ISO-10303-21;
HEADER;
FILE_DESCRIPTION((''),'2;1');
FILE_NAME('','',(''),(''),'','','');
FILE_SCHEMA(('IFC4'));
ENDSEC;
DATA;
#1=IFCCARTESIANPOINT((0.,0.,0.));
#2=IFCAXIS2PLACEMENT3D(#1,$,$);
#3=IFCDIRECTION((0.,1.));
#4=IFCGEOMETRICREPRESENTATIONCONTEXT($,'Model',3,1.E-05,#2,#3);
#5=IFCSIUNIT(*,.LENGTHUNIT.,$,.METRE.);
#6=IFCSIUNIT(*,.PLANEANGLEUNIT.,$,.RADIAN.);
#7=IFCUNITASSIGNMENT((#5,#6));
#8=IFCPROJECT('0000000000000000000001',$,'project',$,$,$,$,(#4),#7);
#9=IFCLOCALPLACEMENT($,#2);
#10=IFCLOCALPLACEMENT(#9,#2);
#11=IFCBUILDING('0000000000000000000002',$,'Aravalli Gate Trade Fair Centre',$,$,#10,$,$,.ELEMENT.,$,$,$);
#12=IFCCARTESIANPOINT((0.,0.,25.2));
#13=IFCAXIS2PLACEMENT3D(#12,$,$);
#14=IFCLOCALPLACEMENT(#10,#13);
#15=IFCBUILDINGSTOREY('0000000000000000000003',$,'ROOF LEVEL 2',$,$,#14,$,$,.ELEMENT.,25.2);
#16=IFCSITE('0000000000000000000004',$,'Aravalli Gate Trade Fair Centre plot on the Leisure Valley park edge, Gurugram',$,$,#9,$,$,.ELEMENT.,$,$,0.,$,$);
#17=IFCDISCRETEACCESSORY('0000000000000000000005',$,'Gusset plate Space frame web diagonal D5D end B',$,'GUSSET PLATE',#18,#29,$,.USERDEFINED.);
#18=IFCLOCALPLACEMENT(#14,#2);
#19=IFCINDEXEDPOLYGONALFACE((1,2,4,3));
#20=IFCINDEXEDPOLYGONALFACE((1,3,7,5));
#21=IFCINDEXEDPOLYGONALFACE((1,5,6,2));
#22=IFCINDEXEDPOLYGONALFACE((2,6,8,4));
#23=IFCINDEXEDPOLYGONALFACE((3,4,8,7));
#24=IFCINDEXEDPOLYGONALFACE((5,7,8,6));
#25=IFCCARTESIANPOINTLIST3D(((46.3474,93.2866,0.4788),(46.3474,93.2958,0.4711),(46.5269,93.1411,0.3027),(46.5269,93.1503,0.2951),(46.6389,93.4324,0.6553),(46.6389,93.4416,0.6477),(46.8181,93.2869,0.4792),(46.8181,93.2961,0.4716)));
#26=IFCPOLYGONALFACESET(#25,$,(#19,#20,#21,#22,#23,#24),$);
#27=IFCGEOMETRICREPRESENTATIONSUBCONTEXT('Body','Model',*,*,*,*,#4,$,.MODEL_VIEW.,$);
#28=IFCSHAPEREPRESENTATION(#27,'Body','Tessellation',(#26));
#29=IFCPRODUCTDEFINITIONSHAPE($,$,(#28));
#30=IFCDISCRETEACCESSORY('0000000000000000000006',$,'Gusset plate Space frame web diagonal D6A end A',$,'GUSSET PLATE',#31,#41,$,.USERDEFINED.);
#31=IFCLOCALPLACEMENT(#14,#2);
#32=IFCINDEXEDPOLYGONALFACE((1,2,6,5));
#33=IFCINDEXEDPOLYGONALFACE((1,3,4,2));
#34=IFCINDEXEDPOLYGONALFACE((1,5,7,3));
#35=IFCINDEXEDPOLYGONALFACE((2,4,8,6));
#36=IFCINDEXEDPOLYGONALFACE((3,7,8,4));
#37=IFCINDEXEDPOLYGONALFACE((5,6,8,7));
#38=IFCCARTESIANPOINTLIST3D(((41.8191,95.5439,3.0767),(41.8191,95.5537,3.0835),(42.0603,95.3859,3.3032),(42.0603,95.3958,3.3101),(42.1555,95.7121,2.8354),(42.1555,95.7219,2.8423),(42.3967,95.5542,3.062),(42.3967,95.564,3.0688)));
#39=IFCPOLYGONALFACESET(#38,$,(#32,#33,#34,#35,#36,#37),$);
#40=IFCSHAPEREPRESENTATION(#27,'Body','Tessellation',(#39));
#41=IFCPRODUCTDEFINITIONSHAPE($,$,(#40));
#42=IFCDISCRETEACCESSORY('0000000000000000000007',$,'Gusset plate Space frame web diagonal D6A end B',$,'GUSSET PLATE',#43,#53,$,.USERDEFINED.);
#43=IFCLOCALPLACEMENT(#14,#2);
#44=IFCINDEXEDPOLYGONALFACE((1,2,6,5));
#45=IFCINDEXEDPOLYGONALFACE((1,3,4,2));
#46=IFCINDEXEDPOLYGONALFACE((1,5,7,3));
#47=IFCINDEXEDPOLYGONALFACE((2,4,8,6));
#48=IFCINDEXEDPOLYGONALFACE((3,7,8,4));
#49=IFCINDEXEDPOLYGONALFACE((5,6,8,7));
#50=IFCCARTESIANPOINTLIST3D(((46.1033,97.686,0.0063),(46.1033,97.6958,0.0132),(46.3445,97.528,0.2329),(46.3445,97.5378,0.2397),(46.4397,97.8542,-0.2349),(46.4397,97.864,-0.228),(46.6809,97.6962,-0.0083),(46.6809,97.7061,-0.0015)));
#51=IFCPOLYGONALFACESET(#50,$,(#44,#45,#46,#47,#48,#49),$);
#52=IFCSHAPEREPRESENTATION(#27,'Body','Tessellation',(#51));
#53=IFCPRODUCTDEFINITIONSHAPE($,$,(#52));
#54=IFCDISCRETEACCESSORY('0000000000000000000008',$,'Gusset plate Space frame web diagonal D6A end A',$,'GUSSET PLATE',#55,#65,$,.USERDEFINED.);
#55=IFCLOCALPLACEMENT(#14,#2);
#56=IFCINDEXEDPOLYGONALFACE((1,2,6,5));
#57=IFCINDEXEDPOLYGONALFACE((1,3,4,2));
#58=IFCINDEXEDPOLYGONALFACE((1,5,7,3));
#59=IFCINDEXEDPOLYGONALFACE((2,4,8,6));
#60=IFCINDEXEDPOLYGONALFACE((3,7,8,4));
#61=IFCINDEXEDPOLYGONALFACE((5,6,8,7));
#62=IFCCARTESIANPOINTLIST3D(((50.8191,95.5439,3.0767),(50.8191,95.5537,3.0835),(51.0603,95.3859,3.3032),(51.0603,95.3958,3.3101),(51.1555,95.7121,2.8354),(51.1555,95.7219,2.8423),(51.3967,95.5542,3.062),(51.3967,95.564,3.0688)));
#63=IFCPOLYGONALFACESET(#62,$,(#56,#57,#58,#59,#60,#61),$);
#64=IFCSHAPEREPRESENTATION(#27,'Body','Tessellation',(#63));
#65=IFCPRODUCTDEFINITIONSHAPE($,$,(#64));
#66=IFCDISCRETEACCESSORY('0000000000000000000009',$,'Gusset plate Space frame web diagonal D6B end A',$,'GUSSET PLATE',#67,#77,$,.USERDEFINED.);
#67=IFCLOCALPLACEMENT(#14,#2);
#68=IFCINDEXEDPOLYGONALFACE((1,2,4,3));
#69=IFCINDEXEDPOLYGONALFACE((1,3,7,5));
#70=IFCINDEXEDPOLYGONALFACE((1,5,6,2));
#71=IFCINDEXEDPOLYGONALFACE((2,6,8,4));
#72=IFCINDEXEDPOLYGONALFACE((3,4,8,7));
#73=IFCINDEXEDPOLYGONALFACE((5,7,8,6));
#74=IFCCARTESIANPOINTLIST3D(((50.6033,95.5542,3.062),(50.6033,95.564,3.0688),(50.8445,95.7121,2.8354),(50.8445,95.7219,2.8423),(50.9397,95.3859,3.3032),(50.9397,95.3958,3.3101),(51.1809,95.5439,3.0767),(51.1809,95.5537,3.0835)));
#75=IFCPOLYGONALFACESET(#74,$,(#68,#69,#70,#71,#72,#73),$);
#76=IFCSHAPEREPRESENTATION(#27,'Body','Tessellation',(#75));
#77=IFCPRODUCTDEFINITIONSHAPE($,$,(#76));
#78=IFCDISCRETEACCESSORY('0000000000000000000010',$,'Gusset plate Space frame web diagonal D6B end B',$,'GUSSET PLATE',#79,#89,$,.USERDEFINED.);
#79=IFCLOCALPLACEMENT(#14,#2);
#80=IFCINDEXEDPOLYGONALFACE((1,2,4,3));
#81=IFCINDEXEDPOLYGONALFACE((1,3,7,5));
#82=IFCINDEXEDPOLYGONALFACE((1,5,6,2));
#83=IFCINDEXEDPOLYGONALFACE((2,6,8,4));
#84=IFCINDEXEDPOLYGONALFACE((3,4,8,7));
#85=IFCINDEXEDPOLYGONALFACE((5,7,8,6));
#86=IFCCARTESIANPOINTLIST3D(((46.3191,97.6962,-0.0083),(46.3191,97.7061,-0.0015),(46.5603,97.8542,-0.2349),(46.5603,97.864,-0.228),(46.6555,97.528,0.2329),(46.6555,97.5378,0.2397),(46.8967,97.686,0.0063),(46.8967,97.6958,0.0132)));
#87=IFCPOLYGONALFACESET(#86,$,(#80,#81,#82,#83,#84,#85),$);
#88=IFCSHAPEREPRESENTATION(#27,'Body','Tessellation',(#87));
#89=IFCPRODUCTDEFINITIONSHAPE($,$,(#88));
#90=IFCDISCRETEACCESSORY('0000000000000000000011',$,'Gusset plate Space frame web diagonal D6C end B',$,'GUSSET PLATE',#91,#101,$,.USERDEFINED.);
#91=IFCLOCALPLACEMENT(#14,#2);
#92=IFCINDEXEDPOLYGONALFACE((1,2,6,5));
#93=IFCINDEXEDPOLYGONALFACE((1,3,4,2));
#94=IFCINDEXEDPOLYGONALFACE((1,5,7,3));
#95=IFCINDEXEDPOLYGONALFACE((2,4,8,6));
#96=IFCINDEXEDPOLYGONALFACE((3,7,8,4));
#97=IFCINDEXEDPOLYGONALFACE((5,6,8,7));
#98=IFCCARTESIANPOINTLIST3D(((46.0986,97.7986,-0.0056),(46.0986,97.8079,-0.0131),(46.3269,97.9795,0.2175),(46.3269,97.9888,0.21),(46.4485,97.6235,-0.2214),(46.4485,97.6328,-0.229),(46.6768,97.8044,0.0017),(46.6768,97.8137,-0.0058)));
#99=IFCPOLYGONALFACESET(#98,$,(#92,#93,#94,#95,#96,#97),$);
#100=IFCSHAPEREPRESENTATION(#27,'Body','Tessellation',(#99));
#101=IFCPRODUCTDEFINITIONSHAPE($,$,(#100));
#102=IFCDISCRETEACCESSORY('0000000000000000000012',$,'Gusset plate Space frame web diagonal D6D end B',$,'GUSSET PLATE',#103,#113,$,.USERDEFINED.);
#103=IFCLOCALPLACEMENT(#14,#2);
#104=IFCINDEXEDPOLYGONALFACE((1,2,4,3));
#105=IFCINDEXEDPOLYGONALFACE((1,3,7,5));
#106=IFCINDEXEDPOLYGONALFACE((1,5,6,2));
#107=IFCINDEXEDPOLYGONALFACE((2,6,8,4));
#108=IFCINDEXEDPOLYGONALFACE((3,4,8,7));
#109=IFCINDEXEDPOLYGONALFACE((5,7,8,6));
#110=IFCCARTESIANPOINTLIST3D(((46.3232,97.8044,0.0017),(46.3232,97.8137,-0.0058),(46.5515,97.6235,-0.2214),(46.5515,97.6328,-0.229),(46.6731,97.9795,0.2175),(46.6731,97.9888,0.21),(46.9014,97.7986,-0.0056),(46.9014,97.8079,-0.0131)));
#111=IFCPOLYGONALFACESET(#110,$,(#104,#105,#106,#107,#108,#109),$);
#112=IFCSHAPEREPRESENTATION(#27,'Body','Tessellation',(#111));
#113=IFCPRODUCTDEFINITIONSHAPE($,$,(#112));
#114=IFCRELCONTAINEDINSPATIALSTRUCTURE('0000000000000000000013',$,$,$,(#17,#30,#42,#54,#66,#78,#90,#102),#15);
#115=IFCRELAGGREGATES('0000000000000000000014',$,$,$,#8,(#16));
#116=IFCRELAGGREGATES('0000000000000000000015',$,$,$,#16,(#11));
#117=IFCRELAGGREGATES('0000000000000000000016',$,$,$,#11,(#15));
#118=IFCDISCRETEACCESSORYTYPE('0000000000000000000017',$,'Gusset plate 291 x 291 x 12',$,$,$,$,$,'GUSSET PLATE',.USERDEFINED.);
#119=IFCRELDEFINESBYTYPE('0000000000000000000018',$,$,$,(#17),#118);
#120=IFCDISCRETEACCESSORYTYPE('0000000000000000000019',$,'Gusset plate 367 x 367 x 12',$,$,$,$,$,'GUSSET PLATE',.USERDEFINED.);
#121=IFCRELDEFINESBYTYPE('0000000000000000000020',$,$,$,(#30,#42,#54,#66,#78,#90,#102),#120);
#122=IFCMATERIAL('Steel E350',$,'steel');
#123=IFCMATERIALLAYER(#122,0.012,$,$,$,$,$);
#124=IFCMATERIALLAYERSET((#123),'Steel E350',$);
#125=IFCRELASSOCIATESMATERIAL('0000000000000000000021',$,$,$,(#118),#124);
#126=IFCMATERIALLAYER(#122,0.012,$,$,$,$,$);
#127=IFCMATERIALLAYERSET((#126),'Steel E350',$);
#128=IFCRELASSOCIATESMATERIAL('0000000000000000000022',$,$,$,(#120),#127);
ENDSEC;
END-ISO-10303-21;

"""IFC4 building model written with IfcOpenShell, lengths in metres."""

from ifc_helpers import new_model, si_unit, direction, frame, origin, place, context, subcontext, project, spatial, polyline, outline, extrude, material, layer, layer_set, type_object, element, save


model = new_model("IFC4")

# Units and contexts
model_context = context("Model", 3, precision=1e-05, world=origin(), true_north=direction((0.0, 1.0)))
body_context = subcontext(model_context, "Body", "Model", "MODEL_VIEW")
ifc_project = project(units=[si_unit("LENGTHUNIT", "METRE"), si_unit("PLANEANGLEUNIT", "RADIAN")], contexts=[model_context])

# Site, building, storey
site_placement = place(None, origin())
site = spatial("IfcSite", under=ifc_project, at=site_placement, Name="Aravalli Gate Trade Fair Centre plot on the Leisure Valley park edge, Gurugram", CompositionType="ELEMENT", RefElevation=0.0)
building_placement = place(site_placement, origin())
building = spatial("IfcBuilding", under=site, at=building_placement, Name="Aravalli Gate Trade Fair Centre", CompositionType="ELEMENT")
storey_placement = place(building_placement, frame((0.0, 0.0, 25.2)))
storey = spatial("IfcBuildingStorey", under=building, at=storey_placement, Name="ROOF LEVEL 2", CompositionType="ELEMENT", Elevation=25.2)

# Shared definitions
ifc_material_1 = material(Name="Steel E350", Category="steel")

# Discrete accessories
ifc_layer_1 = layer(ifc_material_1, 0.012)
ifc_layer_set_1 = layer_set([ifc_layer_1], Name="Steel E350")
discrete_accessory_type_1 = type_object("IfcDiscreteAccessoryType", Name="Gusset plate 291 x 291 x 12", ElementType="GUSSET PLATE", PredefinedType="USERDEFINED", material=ifc_layer_set_1)
discrete_accessory_1_placement = place(storey_placement, frame((46.6389, 93.4324, 0.6553), z_axis=(-0.000261, -0.770887, 0.636972), x_axis=(-0.786484, -0.393242, -0.476238)))
element("IfcDiscreteAccessory", 1, at=discrete_accessory_1_placement, inside=storey, type_object=discrete_accessory_type_1, Name="Gusset plate Space frame web diagonal D5D end B", ObjectType="GUSSET PLATE", PredefinedType="USERDEFINED", context=body_context, shape_type="SweptSolid", body=[
    extrude(outline(polyline([(0.0, 0.0), (0.3706, 0.0), (0.3706, 0.2904), (0.0001, 0.2903), (0.0, 0.0)])), origin(), (0.0, 0.0, -1.0), 0.012),
])
ifc_layer_2 = layer(ifc_material_1, 0.012)
ifc_layer_set_2 = layer_set([ifc_layer_2], Name="Steel E350")
discrete_accessory_type_2 = type_object("IfcDiscreteAccessoryType", Name="Gusset plate 367 x 367 x 12", ElementType="GUSSET PLATE", PredefinedType="USERDEFINED", material=ifc_layer_set_2)
discrete_accessory_2_placement = place(storey_placement, frame((42.1555, 95.7219, 2.8423), z_axis=(-0.000057, 0.820282, 0.57196), x_axis=(-0.75291, -0.376455, 0.539822)))
element("IfcDiscreteAccessory", 2, at=discrete_accessory_2_placement, inside=storey, type_object=discrete_accessory_type_2, Name="Gusset plate Space frame web diagonal D6A end A", ObjectType="GUSSET PLATE", PredefinedType="USERDEFINED", context=body_context, shape_type="SweptSolid", body=[
    extrude(outline(polyline([(0.0, 0.0), (0.4468, 0.0), (0.447, 0.3667), (0.0002, 0.3667), (0.0, 0.0)])), origin(), (0.0, 0.0, -1.0), 0.012),
])
discrete_accessory_3_placement = place(storey_placement, frame((46.1033, 97.6958, 0.0132), z_axis=(-0.000057, 0.820282, 0.57196), x_axis=(0.75291, 0.376455, -0.539822)))
element("IfcDiscreteAccessory", 3, at=discrete_accessory_3_placement, inside=storey, type_object=discrete_accessory_type_2, Name="Gusset plate Space frame web diagonal D6A end B", ObjectType="GUSSET PLATE", PredefinedType="USERDEFINED", context=body_context, shape_type="SweptSolid", body=[
    extrude(outline(polyline([(0.0, 0.0), (0.4468, 0.0), (0.4467, -0.3667), (-0.0002, -0.3667), (0.0, 0.0)])), origin(), (0.0, 0.0, -1.0), 0.012),
])
discrete_accessory_4_placement = place(storey_placement, frame((51.1555, 95.7219, 2.8423), z_axis=(-0.000057, 0.820282, 0.57196), x_axis=(-0.75291, -0.376455, 0.539822)))
element("IfcDiscreteAccessory", 4, at=discrete_accessory_4_placement, inside=storey, type_object=discrete_accessory_type_2, Name="Gusset plate Space frame web diagonal D6A end A", ObjectType="GUSSET PLATE", PredefinedType="USERDEFINED", context=body_context, shape_type="SweptSolid", body=[
    extrude(outline(polyline([(0.0, 0.0), (0.4468, 0.0), (0.447, 0.3667), (0.0002, 0.3667), (0.0, 0.0)])), origin(), (0.0, 0.0, -1.0), 0.012),
])
discrete_accessory_5_placement = place(storey_placement, frame((50.6033, 95.564, 3.0688), z_axis=(0.000057, 0.820282, 0.57196), x_axis=(0.75291, -0.376455, 0.539822)))
element("IfcDiscreteAccessory", 5, at=discrete_accessory_5_placement, inside=storey, type_object=discrete_accessory_type_2, Name="Gusset plate Space frame web diagonal D6B end A", ObjectType="GUSSET PLATE", PredefinedType="USERDEFINED", context=body_context, shape_type="SweptSolid", body=[
    extrude(outline(polyline([(0.0, 0.0), (0.4468, 0.0), (0.4467, 0.3667), (-0.0002, 0.3667), (0.0, 0.0)])), origin(), (0.0, 0.0, -1.0), 0.012),
])
discrete_accessory_6_placement = place(storey_placement, frame((46.6555, 97.5378, 0.2397), z_axis=(0.000057, 0.820282, 0.57196), x_axis=(-0.75291, 0.376455, -0.539822)))
element("IfcDiscreteAccessory", 6, at=discrete_accessory_6_placement, inside=storey, type_object=discrete_accessory_type_2, Name="Gusset plate Space frame web diagonal D6B end B", ObjectType="GUSSET PLATE", PredefinedType="USERDEFINED", context=body_context, shape_type="SweptSolid", body=[
    extrude(outline(polyline([(0.0, 0.0), (0.4468, 0.0), (0.447, -0.3667), (0.0002, -0.3667), (0.0, 0.0)])), origin(), (0.0, 0.0, -1.0), 0.012),
])
discrete_accessory_7_placement = place(storey_placement, frame((46.0986, 97.7986, -0.0056), z_axis=(-0.000107, -0.776736, 0.629826), x_axis=(0.783044, -0.391795, -0.48305)))
element("IfcDiscreteAccessory", 7, at=discrete_accessory_7_placement, inside=storey, type_object=discrete_accessory_type_2, Name="Gusset plate Space frame web diagonal D6C end B", ObjectType="GUSSET PLATE", PredefinedType="USERDEFINED", context=body_context, shape_type="SweptSolid", body=[
    extrude(outline(polyline([(0.0, 0.0), (0.4468, 0.0), (0.4469, 0.3669), (0.0001, 0.3669), (0.0, 0.0)])), origin(), (0.0, 0.0, -1.0), 0.012),
])
discrete_accessory_8_placement = place(storey_placement, frame((46.6731, 97.9795, 0.2175), z_axis=(0.000107, -0.776736, 0.629826), x_axis=(-0.783044, -0.391795, -0.48305)))
element("IfcDiscreteAccessory", 8, at=discrete_accessory_8_placement, inside=storey, type_object=discrete_accessory_type_2, Name="Gusset plate Space frame web diagonal D6D end B", ObjectType="GUSSET PLATE", PredefinedType="USERDEFINED", context=body_context, shape_type="SweptSolid", body=[
    extrude(outline(polyline([(0.0, 0.0), (0.4468, 0.0), (0.4467, 0.3669), (-0.0001, 0.3669), (0.0, 0.0)])), origin(), (0.0, 0.0, -1.0), 0.012),
])

save(model, "model.ifc")
